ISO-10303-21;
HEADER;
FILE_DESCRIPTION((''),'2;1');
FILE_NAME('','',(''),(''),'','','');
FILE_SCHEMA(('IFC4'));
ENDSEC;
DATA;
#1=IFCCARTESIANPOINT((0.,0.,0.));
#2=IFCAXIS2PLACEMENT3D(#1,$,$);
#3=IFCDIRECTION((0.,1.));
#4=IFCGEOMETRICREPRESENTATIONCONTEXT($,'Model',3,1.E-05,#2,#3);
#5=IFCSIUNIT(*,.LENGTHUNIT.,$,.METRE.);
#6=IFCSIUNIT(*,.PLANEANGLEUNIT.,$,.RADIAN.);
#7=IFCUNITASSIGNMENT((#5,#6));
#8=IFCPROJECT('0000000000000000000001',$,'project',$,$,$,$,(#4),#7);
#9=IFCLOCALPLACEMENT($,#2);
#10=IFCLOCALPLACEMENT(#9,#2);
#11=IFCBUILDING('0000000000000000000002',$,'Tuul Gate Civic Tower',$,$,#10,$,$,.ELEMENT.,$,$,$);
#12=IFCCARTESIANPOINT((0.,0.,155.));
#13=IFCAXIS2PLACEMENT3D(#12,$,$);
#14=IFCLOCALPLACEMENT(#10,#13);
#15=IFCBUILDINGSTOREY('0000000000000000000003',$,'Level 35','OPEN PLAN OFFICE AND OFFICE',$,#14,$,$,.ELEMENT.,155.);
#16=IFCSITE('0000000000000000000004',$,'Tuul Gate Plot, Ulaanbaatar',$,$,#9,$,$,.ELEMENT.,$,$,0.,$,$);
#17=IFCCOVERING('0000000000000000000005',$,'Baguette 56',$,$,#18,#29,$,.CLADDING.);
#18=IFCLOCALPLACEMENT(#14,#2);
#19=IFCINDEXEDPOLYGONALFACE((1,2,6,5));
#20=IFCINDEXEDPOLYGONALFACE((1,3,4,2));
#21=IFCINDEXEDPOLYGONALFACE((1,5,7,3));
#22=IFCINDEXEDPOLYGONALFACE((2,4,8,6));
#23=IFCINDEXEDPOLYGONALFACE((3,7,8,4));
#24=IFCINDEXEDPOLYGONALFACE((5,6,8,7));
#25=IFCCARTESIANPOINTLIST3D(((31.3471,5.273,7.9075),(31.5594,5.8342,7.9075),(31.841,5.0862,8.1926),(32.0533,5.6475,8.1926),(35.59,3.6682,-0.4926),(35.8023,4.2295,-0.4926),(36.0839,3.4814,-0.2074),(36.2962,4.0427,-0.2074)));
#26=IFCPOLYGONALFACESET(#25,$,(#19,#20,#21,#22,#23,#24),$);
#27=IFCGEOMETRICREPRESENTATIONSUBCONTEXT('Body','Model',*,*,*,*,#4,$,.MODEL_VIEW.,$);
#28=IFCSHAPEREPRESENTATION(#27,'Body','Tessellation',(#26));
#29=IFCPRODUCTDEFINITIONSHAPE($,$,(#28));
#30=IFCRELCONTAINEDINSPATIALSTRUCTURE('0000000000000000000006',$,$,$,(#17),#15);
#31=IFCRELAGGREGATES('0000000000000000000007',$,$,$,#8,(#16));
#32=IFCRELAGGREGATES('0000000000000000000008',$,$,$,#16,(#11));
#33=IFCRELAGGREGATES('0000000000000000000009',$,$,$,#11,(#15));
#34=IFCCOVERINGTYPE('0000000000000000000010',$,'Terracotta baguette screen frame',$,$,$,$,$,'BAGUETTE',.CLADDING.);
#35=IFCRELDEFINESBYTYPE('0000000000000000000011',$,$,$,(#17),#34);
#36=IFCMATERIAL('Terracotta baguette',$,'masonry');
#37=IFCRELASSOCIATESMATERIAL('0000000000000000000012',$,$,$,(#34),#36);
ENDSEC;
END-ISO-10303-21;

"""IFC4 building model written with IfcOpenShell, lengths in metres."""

from ifc_helpers import new_model, si_unit, direction, frame, origin, origin_2d, place, context, subcontext, project, spatial, rectangle, extrude, material, material_profile, profile_set, type_object, element, save


model = new_model("IFC4")

# Units and contexts
model_context = context("Model", 3, precision=1e-05, world=origin(), true_north=direction((0.0, 1.0)))
body_context = subcontext(model_context, "Body", "Model", "MODEL_VIEW")
ifc_project = project(units=[si_unit("LENGTHUNIT", "METRE"), si_unit("PLANEANGLEUNIT", "RADIAN")], contexts=[model_context])

# Site, building, storey
site_placement = place(None, origin())
site = spatial("IfcSite", under=ifc_project, at=site_placement, Name="Tuul Gate Plot, Ulaanbaatar", CompositionType="ELEMENT", RefElevation=0.0)
building_placement = place(site_placement, origin())
building = spatial("IfcBuilding", under=site, at=building_placement, Name="Tuul Gate Civic Tower", CompositionType="ELEMENT")
storey_placement = place(building_placement, frame((0.0, 0.0, 155.0)))
storey = spatial("IfcBuildingStorey", under=building, at=storey_placement, Name="Level 35", Description="OPEN PLAN OFFICE AND OFFICE", CompositionType="ELEMENT", Elevation=155.0)

# Covering
ifc_material_1 = material(Name="Terracotta baguette", Category="masonry")
ifc_material_profile_1 = material_profile(ifc_material_1, rectangle(XDim=0.6001, YDim=0.6001, at=origin_2d()), Name="Terracotta baguette screen frame")
ifc_profile_set_1 = profile_set([ifc_material_profile_1], Name="Terracotta baguette")
covering_type = type_object("IfcCoveringType", Name="Terracotta baguette screen frame", ElementType="BAGUETTE", PredefinedType="CLADDING", material=ifc_profile_set_1)
covering_placement = place(storey_placement, frame((31.7002, 5.4602, 8.05), z_axis=(0.444437, -0.168093, -0.879898), x_axis=(0.353758, 0.935337, 0.0)))
element("IfcCovering", 1, at=covering_placement, inside=storey, type_object=covering_type, Name="Baguette 56", PredefinedType="CLADDING", context=body_context, shape_type="SweptSolid", body=[
    extrude(rectangle(XDim=0.6001, YDim=0.6001, at=origin_2d()), origin(), (0.0, 0.0, 1.0), 9.5466),
])

save(model, "model.ifc")
